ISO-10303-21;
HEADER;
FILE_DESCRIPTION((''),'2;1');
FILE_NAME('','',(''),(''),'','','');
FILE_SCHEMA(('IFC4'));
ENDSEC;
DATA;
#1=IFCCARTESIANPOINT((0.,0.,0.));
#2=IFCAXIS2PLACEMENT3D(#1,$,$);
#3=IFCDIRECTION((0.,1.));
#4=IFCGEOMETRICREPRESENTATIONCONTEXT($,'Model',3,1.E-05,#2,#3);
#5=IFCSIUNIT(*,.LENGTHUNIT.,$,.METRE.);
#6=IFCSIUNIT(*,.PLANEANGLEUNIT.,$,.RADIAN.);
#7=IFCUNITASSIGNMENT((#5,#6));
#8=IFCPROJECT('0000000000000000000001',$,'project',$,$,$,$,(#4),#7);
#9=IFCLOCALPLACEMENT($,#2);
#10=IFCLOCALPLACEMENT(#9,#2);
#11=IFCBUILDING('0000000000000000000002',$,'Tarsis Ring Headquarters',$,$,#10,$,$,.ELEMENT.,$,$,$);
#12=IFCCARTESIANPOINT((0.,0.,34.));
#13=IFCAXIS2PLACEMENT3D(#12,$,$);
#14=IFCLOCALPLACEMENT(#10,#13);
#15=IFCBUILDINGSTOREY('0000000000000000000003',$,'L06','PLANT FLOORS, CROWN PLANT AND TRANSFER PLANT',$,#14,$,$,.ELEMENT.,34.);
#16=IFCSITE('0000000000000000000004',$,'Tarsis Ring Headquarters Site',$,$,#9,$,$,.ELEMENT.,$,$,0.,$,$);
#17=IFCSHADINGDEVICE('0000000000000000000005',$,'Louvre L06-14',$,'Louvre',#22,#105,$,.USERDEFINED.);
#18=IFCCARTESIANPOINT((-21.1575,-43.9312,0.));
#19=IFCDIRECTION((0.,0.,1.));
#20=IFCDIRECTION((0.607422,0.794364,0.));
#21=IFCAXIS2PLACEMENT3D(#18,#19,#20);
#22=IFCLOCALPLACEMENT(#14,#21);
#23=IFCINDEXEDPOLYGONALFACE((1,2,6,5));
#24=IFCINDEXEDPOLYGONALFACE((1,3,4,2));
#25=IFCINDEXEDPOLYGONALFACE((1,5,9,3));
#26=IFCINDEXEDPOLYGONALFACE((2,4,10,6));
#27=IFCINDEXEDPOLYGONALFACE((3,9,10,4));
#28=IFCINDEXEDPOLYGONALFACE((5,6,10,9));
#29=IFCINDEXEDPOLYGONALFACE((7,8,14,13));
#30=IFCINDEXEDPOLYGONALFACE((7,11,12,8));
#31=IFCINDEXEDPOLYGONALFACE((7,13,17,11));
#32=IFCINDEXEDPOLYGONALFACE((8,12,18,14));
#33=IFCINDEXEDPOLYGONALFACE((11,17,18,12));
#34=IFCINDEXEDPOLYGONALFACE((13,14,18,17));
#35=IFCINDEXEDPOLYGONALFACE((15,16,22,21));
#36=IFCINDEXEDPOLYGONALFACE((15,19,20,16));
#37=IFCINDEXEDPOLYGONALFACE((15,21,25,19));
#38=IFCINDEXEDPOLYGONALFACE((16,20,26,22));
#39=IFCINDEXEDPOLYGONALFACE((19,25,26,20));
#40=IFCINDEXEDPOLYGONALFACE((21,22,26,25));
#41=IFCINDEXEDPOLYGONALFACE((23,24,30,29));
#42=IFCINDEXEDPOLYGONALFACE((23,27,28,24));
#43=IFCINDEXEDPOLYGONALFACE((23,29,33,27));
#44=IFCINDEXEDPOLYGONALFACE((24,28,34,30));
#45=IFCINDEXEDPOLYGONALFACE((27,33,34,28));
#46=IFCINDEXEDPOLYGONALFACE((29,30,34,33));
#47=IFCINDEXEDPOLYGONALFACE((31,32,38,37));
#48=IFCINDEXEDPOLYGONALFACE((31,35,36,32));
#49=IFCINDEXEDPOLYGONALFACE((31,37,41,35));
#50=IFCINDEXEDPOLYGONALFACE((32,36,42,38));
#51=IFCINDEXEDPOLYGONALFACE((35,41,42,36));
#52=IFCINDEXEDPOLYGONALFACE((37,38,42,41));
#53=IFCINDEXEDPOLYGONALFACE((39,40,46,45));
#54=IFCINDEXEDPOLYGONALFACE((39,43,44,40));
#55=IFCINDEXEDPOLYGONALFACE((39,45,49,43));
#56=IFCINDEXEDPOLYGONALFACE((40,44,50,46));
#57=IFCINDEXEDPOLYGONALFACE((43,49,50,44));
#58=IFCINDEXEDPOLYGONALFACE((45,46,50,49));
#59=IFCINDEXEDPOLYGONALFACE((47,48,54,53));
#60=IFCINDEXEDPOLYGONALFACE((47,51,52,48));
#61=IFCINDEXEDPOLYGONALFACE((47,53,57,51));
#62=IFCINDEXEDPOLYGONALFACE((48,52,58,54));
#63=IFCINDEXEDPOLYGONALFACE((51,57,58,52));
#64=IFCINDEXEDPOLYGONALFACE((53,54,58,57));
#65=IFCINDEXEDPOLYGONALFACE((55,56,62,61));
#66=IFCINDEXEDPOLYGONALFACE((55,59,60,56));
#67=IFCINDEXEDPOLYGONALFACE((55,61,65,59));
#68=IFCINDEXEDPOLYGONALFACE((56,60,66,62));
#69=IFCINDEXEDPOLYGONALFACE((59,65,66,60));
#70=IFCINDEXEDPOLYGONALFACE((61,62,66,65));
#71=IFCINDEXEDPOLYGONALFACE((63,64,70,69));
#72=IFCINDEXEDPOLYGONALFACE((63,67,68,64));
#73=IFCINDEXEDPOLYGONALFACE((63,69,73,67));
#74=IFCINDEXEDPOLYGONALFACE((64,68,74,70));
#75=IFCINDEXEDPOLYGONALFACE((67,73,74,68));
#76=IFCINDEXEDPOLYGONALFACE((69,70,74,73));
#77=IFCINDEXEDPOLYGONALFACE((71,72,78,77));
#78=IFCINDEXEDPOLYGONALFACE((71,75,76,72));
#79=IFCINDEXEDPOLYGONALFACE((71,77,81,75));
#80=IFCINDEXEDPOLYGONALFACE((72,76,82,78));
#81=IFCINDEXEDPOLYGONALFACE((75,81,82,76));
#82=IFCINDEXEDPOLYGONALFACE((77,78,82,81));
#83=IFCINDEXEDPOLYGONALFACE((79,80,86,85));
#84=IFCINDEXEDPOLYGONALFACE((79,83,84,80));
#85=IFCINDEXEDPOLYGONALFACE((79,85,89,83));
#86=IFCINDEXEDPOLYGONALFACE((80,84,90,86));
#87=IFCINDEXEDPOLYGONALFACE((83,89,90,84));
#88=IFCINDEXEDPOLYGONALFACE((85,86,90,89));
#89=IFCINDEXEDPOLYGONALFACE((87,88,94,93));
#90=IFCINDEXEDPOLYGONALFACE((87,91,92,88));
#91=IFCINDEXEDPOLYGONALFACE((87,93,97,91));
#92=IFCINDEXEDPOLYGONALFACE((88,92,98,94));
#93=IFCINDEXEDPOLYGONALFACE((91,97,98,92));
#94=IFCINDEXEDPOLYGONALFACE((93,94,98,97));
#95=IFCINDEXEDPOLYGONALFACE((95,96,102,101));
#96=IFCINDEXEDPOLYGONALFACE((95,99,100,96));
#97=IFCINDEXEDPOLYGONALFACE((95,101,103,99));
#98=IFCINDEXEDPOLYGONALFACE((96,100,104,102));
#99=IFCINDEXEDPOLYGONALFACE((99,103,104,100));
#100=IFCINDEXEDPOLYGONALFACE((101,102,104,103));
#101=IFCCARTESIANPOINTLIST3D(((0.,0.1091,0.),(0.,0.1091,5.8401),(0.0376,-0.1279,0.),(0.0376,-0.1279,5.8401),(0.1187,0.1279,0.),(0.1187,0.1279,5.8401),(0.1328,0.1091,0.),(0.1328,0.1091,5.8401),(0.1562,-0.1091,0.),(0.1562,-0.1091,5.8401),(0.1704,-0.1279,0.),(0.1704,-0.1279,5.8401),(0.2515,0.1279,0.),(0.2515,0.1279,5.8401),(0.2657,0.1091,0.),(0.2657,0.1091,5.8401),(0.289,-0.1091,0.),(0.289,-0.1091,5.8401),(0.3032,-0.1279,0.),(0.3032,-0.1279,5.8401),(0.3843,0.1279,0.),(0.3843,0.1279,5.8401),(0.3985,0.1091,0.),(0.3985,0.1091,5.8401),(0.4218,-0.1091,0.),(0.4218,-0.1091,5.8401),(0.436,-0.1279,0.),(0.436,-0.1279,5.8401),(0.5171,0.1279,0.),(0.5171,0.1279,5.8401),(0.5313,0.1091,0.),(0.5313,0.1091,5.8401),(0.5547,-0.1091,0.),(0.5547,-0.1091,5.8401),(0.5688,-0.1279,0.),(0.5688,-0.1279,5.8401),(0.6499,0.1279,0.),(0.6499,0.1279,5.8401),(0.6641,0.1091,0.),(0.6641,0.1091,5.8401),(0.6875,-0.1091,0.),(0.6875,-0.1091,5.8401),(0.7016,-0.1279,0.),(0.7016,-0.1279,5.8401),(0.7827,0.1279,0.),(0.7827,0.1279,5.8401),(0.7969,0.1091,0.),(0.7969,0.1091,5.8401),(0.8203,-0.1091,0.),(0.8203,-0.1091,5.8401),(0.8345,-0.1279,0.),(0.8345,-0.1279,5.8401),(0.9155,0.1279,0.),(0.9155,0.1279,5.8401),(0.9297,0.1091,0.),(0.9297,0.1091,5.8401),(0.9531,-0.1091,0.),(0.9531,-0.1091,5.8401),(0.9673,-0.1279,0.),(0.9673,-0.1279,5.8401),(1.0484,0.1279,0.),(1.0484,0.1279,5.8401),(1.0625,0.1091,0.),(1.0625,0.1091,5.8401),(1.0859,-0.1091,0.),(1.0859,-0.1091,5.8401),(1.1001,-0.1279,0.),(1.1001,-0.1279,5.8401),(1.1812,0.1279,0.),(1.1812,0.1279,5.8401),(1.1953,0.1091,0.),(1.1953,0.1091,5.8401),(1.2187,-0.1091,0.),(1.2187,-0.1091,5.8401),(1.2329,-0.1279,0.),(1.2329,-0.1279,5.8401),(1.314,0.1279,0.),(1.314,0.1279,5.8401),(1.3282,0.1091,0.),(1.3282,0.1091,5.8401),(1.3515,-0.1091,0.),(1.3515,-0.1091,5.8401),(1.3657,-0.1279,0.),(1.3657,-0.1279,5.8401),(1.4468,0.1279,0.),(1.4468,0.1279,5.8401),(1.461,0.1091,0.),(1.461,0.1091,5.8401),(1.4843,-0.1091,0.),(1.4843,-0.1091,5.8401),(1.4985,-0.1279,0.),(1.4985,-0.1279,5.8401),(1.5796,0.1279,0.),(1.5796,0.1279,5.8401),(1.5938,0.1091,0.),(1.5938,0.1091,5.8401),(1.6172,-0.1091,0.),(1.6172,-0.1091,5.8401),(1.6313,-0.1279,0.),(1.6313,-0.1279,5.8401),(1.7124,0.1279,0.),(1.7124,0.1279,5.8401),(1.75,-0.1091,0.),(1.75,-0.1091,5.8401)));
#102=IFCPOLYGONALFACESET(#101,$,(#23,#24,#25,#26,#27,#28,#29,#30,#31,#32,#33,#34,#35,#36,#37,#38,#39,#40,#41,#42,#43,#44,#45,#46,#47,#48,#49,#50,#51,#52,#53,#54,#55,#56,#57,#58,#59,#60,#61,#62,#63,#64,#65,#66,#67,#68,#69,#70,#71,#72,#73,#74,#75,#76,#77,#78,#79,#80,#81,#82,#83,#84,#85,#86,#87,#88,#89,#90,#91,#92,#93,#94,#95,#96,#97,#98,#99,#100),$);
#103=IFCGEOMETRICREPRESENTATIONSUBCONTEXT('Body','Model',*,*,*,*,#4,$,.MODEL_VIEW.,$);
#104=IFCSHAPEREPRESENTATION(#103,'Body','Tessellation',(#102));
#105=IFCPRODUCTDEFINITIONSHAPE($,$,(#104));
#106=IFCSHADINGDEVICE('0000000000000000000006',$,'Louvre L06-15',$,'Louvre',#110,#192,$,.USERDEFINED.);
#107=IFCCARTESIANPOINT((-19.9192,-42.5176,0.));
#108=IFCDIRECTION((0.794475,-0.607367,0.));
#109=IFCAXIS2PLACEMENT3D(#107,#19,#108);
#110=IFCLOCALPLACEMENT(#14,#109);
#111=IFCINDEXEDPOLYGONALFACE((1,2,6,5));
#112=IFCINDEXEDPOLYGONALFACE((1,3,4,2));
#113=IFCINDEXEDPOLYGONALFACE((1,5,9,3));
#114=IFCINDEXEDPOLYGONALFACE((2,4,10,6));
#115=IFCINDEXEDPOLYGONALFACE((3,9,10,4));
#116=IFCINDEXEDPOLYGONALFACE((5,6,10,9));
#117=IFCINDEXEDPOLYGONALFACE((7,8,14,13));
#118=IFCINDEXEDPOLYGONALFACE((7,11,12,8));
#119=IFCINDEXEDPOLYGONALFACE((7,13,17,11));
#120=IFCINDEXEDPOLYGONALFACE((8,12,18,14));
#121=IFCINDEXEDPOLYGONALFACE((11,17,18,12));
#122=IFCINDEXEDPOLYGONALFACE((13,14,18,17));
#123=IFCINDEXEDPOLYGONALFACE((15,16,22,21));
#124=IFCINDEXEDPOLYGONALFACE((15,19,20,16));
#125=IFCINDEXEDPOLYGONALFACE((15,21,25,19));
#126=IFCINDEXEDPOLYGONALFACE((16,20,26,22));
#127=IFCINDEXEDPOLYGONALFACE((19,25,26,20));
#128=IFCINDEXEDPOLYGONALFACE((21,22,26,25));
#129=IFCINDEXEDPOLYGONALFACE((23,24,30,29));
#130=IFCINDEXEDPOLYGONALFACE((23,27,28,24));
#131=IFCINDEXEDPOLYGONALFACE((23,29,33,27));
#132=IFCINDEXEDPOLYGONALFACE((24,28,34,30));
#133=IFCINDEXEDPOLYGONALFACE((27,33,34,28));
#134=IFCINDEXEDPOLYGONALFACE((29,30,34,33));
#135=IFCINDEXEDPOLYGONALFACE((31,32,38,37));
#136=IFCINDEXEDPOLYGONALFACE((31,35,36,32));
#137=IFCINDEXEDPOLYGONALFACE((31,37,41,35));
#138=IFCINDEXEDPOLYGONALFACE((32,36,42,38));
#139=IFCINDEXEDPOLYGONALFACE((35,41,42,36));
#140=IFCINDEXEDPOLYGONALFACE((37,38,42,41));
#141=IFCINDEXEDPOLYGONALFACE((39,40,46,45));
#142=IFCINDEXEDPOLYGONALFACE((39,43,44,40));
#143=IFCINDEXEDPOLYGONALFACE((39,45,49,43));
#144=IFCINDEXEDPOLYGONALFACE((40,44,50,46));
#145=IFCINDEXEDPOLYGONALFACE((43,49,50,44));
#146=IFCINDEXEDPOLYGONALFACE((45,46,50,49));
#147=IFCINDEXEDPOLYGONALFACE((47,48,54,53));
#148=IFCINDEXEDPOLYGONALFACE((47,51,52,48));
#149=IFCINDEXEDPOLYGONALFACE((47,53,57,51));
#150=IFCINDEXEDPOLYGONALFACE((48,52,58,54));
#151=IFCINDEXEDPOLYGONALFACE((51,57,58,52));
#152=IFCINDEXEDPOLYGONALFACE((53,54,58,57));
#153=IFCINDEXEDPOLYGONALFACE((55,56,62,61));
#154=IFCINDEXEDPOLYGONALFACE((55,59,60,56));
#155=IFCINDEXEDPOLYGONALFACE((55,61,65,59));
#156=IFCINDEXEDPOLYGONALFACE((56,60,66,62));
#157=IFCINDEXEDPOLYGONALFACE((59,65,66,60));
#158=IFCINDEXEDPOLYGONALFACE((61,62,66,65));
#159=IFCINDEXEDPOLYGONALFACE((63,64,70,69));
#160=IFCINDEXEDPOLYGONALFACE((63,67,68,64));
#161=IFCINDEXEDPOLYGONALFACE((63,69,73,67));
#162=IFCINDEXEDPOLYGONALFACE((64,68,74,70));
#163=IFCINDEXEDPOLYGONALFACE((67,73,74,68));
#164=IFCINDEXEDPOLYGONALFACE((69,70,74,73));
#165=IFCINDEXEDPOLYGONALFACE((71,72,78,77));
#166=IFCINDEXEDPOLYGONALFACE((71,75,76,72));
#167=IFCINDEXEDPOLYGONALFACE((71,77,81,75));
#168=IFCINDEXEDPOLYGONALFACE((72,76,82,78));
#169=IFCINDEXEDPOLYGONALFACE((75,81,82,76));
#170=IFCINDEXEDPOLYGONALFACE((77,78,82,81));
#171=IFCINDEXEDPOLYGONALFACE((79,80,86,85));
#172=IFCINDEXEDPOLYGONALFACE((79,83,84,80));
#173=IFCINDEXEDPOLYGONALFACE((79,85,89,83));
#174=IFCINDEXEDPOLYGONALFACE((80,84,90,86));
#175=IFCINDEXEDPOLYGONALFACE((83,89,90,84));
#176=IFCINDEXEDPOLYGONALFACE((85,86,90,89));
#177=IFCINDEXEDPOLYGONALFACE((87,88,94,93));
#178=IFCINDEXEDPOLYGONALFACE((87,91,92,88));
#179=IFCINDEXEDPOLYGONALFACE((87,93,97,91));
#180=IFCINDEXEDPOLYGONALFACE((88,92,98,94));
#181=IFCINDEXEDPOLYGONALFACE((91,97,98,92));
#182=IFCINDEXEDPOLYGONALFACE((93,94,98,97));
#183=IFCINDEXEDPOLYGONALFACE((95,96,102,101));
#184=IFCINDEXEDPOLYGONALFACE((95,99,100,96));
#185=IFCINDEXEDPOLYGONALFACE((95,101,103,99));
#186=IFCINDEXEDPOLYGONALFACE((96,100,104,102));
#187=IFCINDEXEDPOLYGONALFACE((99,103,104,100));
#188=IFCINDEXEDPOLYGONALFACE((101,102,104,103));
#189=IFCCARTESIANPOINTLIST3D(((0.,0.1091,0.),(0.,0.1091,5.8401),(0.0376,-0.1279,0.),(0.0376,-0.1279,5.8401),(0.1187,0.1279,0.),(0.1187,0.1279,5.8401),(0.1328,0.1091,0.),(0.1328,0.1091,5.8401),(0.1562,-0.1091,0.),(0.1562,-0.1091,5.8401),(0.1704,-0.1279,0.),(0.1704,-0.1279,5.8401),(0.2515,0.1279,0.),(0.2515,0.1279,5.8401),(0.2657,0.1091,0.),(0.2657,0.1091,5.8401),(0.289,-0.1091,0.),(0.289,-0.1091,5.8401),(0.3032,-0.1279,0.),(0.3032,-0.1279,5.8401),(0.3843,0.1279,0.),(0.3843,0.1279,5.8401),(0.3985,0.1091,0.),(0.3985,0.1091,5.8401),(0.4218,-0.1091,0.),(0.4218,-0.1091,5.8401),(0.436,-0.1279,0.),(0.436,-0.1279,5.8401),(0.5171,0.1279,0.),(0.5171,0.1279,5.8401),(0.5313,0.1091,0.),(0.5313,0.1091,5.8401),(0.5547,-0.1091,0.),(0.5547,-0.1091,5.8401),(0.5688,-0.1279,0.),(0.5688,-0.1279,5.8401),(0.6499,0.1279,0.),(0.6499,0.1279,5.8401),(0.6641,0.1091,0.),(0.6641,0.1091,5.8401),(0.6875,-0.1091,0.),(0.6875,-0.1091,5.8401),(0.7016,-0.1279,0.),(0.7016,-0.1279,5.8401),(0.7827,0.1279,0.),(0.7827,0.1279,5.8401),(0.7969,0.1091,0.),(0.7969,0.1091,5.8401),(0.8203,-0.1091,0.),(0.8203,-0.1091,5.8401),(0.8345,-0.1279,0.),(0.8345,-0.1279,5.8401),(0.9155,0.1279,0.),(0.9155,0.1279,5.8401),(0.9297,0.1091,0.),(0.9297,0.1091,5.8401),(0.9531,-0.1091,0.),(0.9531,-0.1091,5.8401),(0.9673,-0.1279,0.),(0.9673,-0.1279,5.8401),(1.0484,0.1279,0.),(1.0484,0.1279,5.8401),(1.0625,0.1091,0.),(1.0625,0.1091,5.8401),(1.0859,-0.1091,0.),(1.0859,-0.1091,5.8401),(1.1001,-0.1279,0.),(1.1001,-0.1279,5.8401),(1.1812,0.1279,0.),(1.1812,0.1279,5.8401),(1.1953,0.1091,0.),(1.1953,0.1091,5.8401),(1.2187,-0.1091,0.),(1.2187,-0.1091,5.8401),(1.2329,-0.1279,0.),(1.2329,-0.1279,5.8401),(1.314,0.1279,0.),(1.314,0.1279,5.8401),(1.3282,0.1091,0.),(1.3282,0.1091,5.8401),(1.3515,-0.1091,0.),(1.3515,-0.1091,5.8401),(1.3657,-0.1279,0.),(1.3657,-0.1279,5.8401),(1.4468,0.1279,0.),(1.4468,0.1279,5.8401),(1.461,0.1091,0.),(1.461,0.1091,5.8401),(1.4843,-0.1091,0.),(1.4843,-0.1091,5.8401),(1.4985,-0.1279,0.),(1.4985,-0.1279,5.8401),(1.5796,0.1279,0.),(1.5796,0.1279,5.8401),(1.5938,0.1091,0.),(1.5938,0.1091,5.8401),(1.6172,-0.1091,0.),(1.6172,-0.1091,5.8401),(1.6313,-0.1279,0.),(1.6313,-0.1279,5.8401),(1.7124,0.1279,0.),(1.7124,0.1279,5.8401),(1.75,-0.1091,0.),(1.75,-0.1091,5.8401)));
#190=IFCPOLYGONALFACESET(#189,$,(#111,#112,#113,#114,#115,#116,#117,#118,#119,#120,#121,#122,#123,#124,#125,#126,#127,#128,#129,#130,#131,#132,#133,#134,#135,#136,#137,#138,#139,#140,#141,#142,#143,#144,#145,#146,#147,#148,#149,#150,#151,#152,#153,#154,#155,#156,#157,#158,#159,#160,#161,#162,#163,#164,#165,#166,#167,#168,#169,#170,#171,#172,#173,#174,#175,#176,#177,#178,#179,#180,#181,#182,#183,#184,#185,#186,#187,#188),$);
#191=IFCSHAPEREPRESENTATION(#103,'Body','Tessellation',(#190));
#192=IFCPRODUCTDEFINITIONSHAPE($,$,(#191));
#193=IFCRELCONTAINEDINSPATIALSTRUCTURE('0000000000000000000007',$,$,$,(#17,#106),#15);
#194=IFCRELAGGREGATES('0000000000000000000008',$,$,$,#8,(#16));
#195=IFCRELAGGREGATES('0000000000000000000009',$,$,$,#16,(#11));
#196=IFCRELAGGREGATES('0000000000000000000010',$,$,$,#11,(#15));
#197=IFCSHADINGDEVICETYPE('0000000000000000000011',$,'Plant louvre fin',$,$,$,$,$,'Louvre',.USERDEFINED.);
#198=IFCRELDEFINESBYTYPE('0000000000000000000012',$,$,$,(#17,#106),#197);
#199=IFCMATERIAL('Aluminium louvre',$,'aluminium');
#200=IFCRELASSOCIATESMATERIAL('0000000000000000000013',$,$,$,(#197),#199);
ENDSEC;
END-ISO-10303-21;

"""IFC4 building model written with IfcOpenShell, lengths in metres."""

from ifc_helpers import new_model, si_unit, direction, frame, frame_2d, origin, place, context, subcontext, project, spatial, rectangle, composite_profile, extrude, material, type_object, element, save


model = new_model("IFC4")

# Units and contexts
model_context = context("Model", 3, precision=1e-05, world=origin(), true_north=direction((0.0, 1.0)))
body_context = subcontext(model_context, "Body", "Model", "MODEL_VIEW")
ifc_project = project(units=[si_unit("LENGTHUNIT", "METRE"), si_unit("PLANEANGLEUNIT", "RADIAN")], contexts=[model_context])

# Site, building, storey
site_placement = place(None, origin())
site = spatial("IfcSite", under=ifc_project, at=site_placement, Name="Tarsis Ring Headquarters Site", CompositionType="ELEMENT", RefElevation=0.0)
building_placement = place(site_placement, origin())
building = spatial("IfcBuilding", under=site, at=building_placement, Name="Tarsis Ring Headquarters", CompositionType="ELEMENT")
storey_placement = place(building_placement, frame((0.0, 0.0, 34.0)))
storey = spatial("IfcBuildingStorey", under=building, at=storey_placement, Name="L06", Description="PLANT FLOORS, CROWN PLANT AND TRANSFER PLANT", CompositionType="ELEMENT", Elevation=34.0)

# Shading devices
ifc_material_1 = material(Name="Aluminium louvre", Category="aluminium")
shading_device_type_1 = type_object("IfcShadingDeviceType", Name="Plant louvre fin", ElementType="Louvre", PredefinedType="USERDEFINED", material=ifc_material_1)
for number, where, z_axis, x_axis, name in (
    (1, (-21.1575, -43.9312, 0.0), (0.0, 0.0, 1.0), (0.607422, 0.794364, 0.0), "Louvre L06-14"),
    (2, (-19.9192, -42.5176, 0.0), (0.0, 0.0, 1.0), (0.794475, -0.607367, 0.0), "Louvre L06-15"),
):
    element("IfcShadingDevice", number, at=place(storey_placement, frame(where, z_axis=z_axis, x_axis=x_axis)), inside=storey, type_object=shading_device_type_1, Name=name, ObjectType="Louvre", PredefinedType="USERDEFINED", context=body_context, shape_type="SweptSolid", body=[
        extrude(composite_profile([rectangle(XDim=0.1201, YDim=0.24, at=frame_2d((0.0781, 0.0), x_axis=(0.987688, 0.156434))), rectangle(XDim=0.1201, YDim=0.24, at=frame_2d((0.2109, 0.0), x_axis=(0.987688, 0.156434))), rectangle(XDim=0.1201, YDim=0.24, at=frame_2d((0.3438, 0.0), x_axis=(0.987688, 0.156434))), rectangle(XDim=0.1201, YDim=0.24, at=frame_2d((0.4766, 0.0), x_axis=(0.987688, 0.156434))), rectangle(XDim=0.1201, YDim=0.24, at=frame_2d((0.6094, 0.0), x_axis=(0.987688, 0.156434))), rectangle(XDim=0.1201, YDim=0.24, at=frame_2d((0.7422, 0.0), x_axis=(0.987688, 0.156434))), rectangle(XDim=0.1201, YDim=0.24, at=frame_2d((0.875, 0.0), x_axis=(0.987688, 0.156434))), rectangle(XDim=0.1201, YDim=0.24, at=frame_2d((1.0078, 0.0), x_axis=(0.987688, 0.156434))), rectangle(XDim=0.1201, YDim=0.24, at=frame_2d((1.1406, 0.0), x_axis=(0.987688, 0.156434))), rectangle(XDim=0.1201, YDim=0.24, at=frame_2d((1.2734, 0.0), x_axis=(0.987688, 0.156434))), rectangle(XDim=0.1201, YDim=0.24, at=frame_2d((1.4062, 0.0), x_axis=(0.987688, 0.156434))), rectangle(XDim=0.1201, YDim=0.24, at=frame_2d((1.5391, 0.0), x_axis=(0.987688, 0.156434))), rectangle(XDim=0.1201, YDim=0.24, at=frame_2d((1.6719, 0.0), x_axis=(0.987688, 0.156434)))]), origin(), (0.0, 0.0, 1.0), 5.8401),
    ])

save(model, "model.ifc")
